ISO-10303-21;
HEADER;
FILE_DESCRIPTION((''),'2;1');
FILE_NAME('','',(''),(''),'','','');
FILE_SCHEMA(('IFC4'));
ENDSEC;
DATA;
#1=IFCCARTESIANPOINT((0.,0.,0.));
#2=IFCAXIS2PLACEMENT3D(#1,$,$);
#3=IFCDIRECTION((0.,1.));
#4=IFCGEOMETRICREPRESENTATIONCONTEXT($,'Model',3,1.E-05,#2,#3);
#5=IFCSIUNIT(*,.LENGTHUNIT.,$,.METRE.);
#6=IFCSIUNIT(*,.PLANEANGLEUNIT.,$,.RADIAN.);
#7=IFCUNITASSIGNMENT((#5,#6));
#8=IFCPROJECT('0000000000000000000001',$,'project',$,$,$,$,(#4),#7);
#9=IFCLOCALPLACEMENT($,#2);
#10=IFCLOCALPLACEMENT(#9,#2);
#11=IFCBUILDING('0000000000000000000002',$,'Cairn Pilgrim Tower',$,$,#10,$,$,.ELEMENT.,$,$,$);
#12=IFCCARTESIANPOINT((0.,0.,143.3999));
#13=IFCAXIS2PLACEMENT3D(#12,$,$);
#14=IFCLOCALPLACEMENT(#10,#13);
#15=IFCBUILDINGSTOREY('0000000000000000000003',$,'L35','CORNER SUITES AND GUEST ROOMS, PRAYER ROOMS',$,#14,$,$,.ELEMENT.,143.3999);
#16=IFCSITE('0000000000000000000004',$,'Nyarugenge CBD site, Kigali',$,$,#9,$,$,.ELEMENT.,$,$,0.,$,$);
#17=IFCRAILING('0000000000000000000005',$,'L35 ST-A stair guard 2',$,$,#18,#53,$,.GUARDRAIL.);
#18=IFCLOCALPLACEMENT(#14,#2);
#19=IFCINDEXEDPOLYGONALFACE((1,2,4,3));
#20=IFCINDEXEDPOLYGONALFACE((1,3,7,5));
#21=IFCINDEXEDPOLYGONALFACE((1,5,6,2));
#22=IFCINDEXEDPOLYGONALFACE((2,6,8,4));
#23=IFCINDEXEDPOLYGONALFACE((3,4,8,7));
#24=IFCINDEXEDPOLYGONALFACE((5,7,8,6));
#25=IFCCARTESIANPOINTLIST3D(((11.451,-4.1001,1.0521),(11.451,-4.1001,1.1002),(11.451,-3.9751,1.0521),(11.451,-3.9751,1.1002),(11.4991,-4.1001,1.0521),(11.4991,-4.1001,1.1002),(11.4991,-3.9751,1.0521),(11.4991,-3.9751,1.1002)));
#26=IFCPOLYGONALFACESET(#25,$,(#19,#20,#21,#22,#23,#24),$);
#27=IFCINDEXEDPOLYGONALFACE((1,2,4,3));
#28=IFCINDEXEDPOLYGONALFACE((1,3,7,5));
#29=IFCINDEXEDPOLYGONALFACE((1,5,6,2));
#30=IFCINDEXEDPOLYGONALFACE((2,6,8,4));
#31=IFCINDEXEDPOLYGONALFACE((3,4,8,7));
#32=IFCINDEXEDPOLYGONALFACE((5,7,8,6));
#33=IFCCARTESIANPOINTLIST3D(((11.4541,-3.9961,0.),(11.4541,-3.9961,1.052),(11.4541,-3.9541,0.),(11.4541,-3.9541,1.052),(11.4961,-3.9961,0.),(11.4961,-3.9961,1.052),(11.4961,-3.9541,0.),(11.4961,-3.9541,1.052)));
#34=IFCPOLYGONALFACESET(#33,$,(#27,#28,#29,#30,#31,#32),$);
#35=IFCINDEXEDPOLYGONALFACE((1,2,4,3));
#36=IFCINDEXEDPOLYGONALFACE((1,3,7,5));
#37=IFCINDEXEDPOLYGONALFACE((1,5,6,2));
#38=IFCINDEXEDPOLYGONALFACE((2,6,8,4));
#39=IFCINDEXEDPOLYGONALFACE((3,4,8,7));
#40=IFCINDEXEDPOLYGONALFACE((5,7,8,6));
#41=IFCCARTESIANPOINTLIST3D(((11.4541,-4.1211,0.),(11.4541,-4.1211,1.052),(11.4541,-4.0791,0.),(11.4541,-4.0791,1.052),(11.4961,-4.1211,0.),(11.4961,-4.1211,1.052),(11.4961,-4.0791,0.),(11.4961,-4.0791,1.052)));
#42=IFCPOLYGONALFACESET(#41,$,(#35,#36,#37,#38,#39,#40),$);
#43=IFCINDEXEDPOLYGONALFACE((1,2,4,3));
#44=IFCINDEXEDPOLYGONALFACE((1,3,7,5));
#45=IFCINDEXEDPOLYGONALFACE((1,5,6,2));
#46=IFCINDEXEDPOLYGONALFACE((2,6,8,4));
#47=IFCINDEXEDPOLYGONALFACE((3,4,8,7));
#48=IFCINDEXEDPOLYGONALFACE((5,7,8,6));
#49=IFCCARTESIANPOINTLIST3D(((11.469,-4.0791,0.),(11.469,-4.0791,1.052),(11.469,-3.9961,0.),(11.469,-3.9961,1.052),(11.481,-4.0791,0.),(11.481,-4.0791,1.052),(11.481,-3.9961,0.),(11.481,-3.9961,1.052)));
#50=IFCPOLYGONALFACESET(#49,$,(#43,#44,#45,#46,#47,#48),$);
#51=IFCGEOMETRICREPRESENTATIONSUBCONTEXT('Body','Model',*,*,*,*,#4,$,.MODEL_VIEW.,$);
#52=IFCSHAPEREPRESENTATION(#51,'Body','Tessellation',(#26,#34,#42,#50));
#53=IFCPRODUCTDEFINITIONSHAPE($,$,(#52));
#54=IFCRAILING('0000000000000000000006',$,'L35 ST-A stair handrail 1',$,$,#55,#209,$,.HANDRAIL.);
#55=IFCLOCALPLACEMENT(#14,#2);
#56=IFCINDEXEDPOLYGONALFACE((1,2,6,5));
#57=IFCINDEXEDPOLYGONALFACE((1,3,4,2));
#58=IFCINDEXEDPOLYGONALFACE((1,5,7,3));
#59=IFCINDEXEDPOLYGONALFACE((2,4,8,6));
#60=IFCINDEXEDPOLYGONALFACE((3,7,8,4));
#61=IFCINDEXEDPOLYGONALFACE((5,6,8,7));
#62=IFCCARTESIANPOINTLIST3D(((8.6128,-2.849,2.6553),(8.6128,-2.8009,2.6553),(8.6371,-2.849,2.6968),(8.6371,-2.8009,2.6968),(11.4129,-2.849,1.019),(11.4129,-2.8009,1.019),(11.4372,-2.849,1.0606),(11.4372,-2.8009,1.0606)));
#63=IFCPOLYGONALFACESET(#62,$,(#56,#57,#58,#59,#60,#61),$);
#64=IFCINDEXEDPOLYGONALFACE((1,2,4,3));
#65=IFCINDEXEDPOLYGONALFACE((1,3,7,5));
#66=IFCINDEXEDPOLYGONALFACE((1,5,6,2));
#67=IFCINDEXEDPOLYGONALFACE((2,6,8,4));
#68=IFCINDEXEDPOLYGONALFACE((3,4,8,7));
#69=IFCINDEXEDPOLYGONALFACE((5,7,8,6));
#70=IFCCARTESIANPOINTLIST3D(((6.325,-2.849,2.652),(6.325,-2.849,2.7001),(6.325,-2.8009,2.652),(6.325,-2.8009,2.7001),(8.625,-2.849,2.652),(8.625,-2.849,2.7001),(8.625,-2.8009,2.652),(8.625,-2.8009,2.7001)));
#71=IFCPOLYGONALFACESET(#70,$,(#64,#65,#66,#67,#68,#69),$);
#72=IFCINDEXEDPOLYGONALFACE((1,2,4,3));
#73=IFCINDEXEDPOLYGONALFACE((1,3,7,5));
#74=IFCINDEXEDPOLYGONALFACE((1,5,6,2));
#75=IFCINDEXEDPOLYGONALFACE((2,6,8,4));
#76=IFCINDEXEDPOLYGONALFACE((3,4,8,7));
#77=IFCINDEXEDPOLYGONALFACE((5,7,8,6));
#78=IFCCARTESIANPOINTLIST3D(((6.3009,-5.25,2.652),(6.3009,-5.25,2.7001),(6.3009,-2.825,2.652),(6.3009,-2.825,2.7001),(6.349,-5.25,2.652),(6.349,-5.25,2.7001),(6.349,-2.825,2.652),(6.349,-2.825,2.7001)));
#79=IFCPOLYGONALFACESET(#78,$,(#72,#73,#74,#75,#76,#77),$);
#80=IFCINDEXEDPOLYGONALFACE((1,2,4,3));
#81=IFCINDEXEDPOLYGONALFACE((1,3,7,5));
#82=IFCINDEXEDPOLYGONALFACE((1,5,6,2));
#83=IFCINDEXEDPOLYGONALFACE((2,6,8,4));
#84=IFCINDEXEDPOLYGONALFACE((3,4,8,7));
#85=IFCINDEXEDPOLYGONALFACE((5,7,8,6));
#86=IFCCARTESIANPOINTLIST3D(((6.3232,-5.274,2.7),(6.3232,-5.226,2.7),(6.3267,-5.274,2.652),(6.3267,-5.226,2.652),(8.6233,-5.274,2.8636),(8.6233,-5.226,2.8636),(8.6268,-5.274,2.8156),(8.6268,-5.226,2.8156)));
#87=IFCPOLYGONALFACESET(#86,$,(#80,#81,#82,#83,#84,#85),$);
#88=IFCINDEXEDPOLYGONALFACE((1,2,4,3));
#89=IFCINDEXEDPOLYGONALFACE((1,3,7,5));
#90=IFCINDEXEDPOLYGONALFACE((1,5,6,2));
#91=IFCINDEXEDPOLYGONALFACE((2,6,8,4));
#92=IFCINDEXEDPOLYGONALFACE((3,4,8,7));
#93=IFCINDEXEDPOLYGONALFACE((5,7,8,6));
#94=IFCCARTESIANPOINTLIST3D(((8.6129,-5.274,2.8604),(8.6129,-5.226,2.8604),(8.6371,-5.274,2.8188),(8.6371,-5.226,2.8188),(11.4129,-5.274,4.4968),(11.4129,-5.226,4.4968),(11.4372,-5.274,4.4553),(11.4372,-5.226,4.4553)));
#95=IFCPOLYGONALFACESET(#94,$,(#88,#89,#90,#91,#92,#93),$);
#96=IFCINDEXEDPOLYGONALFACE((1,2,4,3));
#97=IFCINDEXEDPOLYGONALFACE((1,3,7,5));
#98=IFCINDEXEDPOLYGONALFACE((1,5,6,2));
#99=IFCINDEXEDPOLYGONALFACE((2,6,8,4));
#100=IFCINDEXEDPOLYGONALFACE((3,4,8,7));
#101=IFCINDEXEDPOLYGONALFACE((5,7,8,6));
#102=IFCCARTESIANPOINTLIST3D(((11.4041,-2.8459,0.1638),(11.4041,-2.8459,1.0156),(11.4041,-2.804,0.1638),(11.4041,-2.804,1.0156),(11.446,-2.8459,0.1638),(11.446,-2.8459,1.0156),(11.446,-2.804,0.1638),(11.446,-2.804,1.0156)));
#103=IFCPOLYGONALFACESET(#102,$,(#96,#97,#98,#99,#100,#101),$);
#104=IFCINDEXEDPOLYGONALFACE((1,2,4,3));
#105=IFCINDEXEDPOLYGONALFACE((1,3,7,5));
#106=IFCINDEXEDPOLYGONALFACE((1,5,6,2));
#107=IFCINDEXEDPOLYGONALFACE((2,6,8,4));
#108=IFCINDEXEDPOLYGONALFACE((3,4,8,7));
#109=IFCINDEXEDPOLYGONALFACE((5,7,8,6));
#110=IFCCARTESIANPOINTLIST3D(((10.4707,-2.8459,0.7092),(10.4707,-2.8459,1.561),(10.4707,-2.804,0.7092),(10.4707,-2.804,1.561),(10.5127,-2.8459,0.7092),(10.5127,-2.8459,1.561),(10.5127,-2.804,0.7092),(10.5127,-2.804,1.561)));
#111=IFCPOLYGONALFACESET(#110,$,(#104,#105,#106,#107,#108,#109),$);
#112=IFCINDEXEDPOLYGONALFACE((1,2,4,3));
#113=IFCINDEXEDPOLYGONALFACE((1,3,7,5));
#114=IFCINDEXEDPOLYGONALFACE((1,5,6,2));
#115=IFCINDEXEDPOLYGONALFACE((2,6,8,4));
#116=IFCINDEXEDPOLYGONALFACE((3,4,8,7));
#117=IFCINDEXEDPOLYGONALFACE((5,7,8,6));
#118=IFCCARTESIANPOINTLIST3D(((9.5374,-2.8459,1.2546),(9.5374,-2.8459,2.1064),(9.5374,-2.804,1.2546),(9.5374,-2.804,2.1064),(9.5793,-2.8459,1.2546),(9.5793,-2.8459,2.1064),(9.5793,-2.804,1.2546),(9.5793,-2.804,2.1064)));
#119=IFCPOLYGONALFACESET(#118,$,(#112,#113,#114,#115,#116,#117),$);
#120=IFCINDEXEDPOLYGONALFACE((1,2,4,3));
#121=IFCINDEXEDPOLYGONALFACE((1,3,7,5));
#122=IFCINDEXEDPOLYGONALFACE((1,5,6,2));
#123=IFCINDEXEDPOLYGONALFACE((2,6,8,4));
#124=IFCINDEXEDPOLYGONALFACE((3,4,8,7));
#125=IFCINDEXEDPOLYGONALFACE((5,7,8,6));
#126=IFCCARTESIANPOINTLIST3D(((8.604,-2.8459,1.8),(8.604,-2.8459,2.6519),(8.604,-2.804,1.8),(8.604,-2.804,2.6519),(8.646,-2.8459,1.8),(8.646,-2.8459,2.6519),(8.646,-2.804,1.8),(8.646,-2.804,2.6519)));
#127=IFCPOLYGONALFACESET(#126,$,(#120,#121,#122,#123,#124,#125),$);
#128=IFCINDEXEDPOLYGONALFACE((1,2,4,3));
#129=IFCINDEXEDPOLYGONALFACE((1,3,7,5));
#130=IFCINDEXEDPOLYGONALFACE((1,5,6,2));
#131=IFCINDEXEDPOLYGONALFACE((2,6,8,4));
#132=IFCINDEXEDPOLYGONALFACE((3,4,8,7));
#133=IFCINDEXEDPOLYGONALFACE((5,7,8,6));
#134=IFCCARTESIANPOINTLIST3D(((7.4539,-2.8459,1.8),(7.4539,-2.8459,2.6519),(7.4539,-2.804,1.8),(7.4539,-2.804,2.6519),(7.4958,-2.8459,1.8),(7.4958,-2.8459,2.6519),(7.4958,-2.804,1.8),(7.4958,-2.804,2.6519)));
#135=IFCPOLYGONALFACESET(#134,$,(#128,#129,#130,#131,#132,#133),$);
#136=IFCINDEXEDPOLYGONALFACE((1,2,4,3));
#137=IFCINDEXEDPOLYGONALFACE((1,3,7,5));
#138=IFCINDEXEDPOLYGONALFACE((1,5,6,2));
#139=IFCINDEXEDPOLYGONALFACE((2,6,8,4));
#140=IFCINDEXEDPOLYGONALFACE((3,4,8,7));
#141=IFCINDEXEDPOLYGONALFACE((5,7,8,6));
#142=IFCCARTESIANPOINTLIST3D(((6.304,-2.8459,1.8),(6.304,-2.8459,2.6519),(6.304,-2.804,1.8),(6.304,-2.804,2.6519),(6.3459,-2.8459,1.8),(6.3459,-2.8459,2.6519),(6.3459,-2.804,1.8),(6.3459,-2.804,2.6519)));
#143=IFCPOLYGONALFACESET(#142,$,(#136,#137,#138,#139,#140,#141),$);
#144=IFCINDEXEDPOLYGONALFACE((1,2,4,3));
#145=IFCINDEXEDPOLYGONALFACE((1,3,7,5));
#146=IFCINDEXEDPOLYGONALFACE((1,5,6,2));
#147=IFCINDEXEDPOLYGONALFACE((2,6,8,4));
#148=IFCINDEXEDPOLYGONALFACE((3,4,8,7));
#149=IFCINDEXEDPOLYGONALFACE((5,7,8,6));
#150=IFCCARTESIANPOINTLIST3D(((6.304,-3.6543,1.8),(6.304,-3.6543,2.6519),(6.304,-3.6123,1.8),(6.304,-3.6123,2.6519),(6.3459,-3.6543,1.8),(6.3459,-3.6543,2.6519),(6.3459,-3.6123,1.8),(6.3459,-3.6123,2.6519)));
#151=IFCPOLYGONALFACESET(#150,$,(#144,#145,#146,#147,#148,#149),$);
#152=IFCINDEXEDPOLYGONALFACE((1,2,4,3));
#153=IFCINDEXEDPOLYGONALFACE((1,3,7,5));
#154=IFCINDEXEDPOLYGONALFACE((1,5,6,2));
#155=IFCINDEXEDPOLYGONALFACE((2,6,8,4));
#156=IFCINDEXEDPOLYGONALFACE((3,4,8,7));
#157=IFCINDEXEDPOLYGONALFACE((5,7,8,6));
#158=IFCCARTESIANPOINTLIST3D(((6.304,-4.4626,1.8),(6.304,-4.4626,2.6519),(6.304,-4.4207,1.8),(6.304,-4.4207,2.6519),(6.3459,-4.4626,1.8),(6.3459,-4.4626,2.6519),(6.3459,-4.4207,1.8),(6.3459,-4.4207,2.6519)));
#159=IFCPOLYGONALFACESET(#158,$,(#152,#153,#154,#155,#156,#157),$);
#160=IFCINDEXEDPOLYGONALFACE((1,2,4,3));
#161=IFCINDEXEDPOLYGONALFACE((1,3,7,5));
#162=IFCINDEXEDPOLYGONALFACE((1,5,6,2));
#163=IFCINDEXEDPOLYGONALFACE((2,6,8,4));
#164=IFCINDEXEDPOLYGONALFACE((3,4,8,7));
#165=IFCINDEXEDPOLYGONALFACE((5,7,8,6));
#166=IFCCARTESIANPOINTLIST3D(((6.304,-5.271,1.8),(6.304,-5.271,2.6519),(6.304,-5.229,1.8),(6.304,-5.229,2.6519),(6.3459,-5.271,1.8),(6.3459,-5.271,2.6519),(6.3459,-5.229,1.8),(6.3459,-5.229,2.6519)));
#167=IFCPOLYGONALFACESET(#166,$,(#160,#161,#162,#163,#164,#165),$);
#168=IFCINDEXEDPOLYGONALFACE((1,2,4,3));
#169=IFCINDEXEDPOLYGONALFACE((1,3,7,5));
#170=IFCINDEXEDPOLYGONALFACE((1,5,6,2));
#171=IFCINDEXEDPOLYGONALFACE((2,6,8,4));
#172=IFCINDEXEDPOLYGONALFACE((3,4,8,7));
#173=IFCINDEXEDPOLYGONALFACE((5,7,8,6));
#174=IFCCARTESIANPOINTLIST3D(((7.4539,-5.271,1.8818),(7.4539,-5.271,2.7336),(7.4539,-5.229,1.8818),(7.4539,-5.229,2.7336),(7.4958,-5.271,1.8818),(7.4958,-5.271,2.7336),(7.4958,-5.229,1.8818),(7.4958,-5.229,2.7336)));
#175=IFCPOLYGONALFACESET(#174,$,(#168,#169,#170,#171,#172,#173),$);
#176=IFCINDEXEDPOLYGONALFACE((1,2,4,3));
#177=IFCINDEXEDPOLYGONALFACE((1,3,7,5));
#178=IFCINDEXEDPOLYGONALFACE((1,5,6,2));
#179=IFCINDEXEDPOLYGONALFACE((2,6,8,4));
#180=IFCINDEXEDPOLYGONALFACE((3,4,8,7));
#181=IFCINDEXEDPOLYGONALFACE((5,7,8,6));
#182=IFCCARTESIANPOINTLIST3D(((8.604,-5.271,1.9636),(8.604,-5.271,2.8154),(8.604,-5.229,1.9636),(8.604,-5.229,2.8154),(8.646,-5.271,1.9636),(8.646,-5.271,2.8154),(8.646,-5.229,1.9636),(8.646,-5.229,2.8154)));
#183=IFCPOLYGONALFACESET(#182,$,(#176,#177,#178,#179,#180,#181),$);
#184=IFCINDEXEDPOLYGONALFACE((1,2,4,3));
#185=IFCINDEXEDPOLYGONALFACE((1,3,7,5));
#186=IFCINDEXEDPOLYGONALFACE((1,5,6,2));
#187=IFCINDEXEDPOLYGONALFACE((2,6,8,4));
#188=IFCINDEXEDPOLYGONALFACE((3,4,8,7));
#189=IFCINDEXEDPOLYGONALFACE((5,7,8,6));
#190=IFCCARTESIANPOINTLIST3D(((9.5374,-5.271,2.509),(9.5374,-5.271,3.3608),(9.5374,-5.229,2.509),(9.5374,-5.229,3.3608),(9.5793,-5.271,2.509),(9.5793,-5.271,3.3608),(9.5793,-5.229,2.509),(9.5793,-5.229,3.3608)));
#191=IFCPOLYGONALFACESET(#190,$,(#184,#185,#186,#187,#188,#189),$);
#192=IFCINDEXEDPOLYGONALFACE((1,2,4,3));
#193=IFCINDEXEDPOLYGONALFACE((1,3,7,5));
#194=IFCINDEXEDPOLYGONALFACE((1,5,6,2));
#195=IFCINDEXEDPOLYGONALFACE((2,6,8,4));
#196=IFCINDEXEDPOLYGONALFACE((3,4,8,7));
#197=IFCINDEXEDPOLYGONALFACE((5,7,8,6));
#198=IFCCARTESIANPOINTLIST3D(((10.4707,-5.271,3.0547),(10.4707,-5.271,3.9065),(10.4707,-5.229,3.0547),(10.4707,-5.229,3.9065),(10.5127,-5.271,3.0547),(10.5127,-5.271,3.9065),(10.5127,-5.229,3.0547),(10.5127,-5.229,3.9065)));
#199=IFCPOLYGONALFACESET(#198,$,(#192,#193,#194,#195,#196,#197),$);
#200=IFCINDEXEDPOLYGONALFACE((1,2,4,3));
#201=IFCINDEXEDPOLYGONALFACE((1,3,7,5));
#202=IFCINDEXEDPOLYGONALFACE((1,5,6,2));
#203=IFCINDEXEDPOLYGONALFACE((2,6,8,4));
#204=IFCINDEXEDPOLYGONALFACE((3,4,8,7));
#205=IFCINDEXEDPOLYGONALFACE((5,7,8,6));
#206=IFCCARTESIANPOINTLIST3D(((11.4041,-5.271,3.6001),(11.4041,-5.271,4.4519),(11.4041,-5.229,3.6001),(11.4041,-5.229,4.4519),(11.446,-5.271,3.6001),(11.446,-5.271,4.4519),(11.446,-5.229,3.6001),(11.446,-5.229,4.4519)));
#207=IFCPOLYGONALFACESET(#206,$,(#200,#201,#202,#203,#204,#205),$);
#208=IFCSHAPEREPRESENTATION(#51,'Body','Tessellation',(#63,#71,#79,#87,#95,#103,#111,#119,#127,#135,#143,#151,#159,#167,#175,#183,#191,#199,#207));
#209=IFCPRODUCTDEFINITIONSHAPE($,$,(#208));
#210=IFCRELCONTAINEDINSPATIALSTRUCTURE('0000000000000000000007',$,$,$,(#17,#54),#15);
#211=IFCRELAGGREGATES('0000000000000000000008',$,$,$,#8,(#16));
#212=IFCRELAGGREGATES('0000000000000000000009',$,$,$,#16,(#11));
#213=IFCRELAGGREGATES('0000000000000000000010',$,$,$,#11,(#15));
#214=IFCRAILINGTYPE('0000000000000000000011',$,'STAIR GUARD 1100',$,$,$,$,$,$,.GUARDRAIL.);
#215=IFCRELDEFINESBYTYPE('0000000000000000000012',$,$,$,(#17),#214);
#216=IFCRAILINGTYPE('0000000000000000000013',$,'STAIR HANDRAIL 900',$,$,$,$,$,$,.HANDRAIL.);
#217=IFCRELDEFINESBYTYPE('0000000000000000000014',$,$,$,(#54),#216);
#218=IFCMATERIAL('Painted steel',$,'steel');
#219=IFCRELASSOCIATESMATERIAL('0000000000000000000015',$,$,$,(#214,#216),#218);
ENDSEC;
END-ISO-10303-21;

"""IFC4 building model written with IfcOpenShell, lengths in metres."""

from ifc_helpers import new_model, si_unit, direction, frame, origin, origin_2d, place, context, subcontext, project, spatial, polyline, rectangle, outline, extrude, material, type_object, element, save


model = new_model("IFC4")

# Units and contexts
model_context = context("Model", 3, precision=1e-05, world=origin(), true_north=direction((0.0, 1.0)))
body_context = subcontext(model_context, "Body", "Model", "MODEL_VIEW")
ifc_project = project(units=[si_unit("LENGTHUNIT", "METRE"), si_unit("PLANEANGLEUNIT", "RADIAN")], contexts=[model_context])

# Site, building, storey
site_placement = place(None, origin())
site = spatial("IfcSite", under=ifc_project, at=site_placement, Name="Nyarugenge CBD site, Kigali", CompositionType="ELEMENT", RefElevation=0.0)
building_placement = place(site_placement, origin())
building = spatial("IfcBuilding", under=site, at=building_placement, Name="Cairn Pilgrim Tower", CompositionType="ELEMENT")
storey_placement = place(building_placement, frame((0.0, 0.0, 143.3999)))
storey = spatial("IfcBuildingStorey", under=building, at=storey_placement, Name="L35", Description="CORNER SUITES AND GUEST ROOMS, PRAYER ROOMS", CompositionType="ELEMENT", Elevation=143.3999)

# Railings
ifc_material_1 = material(Name="Painted steel", Category="steel")
railing_type_1 = type_object("IfcRailingType", Name="STAIR GUARD 1100", PredefinedType="GUARDRAIL", material=ifc_material_1)
railing_1_placement = place(storey_placement, frame((11.4751, -3.9751, 0.0)))
element("IfcRailing", 1, at=railing_1_placement, inside=storey, type_object=railing_type_1, Name="L35 ST-A stair guard 2", PredefinedType="GUARDRAIL", context=body_context, shape_type="SweptSolid", body=[
    extrude(rectangle(XDim=0.0481, YDim=0.0481, at=origin_2d()), frame((0.0, 0.0, 1.0762), z_axis=(0.0, -1.0, 0.0), x_axis=(1.0, 0.0, 0.0)), (0.0, 0.0, 1.0), 0.125),
    extrude(rectangle(XDim=0.042, YDim=0.042, at=origin_2d()), origin(), (0.0, 0.0, 1.0), 1.052),
    extrude(rectangle(XDim=0.042, YDim=0.042, at=origin_2d()), frame((0.0, -0.125, 0.0)), (0.0, 0.0, 1.0), 1.052),
    extrude(outline(polyline([(0.021, 0.0), (0.104, 0.0), (0.104, 1.052), (0.021, 1.052), (0.021, 0.0)])), frame((0.0059, 0.0, 0.0), z_axis=(-1.0, 0.0, 0.0), x_axis=(0.0, -1.0, 0.0)), (0.0, 0.0, 1.0), 0.012),
])
railing_type_2 = type_object("IfcRailingType", Name="STAIR HANDRAIL 900", PredefinedType="HANDRAIL", material=ifc_material_1)
railing_2_placement = place(storey_placement, frame((11.425, -2.825, 0.1638)))
element("IfcRailing", 2, at=railing_2_placement, inside=storey, type_object=railing_type_2, Name="L35 ST-A stair handrail 1", PredefinedType="HANDRAIL", context=body_context, shape_type="SweptSolid", body=[
    extrude(rectangle(XDim=0.0481, YDim=0.0481, at=origin_2d()), frame((0.0, 0.0, 0.876), z_axis=(-0.863394, 0.0, 0.504531), x_axis=(0.0, -1.0, 0.0)), (0.0, 0.0, 1.0), 3.2432),
    extrude(rectangle(XDim=0.0481, YDim=0.0481, at=origin_2d()), frame((-2.8, 0.0, 2.5122), z_axis=(-1.0, 0.0, 0.0), x_axis=(0.0, -1.0, 0.0)), (0.0, 0.0, 1.0), 2.3),
    extrude(rectangle(XDim=0.0481, YDim=0.0481, at=origin_2d()), frame((-5.1001, 0.0, 2.5122), z_axis=(0.0, -1.0, 0.0), x_axis=(1.0, 0.0, 0.0)), (0.0, 0.0, 1.0), 2.425),
    extrude(rectangle(XDim=0.0481, YDim=0.0481, at=origin_2d()), frame((-5.1001, -2.425, 2.5122), z_axis=(0.997481, 0.0, 0.070939), x_axis=(0.0, 1.0, 0.0)), (0.0, 0.0, 1.0), 2.3059),
    extrude(rectangle(XDim=0.0481, YDim=0.0481, at=origin_2d()), frame((-2.8, -2.425, 2.6758), z_axis=(0.863361, 0.0, 0.504587), x_axis=(0.0, 1.0, 0.0)), (0.0, 0.0, 1.0), 3.2432),
    extrude(rectangle(XDim=0.042, YDim=0.042, at=origin_2d()), origin(), (0.0, 0.0, 1.0), 0.8518),
    extrude(rectangle(XDim=0.042, YDim=0.042, at=origin_2d()), frame((-0.9333, 0.0, 0.5454)), (0.0, 0.0, 1.0), 0.8518),
    extrude(rectangle(XDim=0.042, YDim=0.042, at=origin_2d()), frame((-1.8667, 0.0, 1.0908)), (0.0, 0.0, 1.0), 0.8518),
    extrude(rectangle(XDim=0.042, YDim=0.042, at=origin_2d()), frame((-2.8, 0.0, 1.6362)), (0.0, 0.0, 1.0), 0.8518),
    extrude(rectangle(XDim=0.042, YDim=0.042, at=origin_2d()), frame((-3.9502, 0.0, 1.6362)), (0.0, 0.0, 1.0), 0.8518),
    extrude(rectangle(XDim=0.042, YDim=0.042, at=origin_2d()), frame((-5.1001, 0.0, 1.6362)), (0.0, 0.0, 1.0), 0.8518),
    extrude(rectangle(XDim=0.042, YDim=0.042, at=origin_2d()), frame((-5.1001, -0.8083, 1.6362)), (0.0, 0.0, 1.0), 0.8518),
    extrude(rectangle(XDim=0.042, YDim=0.042, at=origin_2d()), frame((-5.1001, -1.6167, 1.6362)), (0.0, 0.0, 1.0), 0.8518),
    extrude(rectangle(XDim=0.042, YDim=0.042, at=origin_2d()), frame((-5.1001, -2.425, 1.6362)), (0.0, 0.0, 1.0), 0.8518),
    extrude(rectangle(XDim=0.042, YDim=0.042, at=origin_2d()), frame((-3.9502, -2.425, 1.718)), (0.0, 0.0, 1.0), 0.8518),
    extrude(rectangle(XDim=0.042, YDim=0.042, at=origin_2d()), frame((-2.8, -2.425, 1.7998)), (0.0, 0.0, 1.0), 0.8518),
    extrude(rectangle(XDim=0.042, YDim=0.042, at=origin_2d()), frame((-1.8667, -2.425, 2.3452)), (0.0, 0.0, 1.0), 0.8518),
    extrude(rectangle(XDim=0.042, YDim=0.042, at=origin_2d()), frame((-0.9333, -2.425, 2.8909)), (0.0, 0.0, 1.0), 0.8518),
    extrude(rectangle(XDim=0.042, YDim=0.042, at=origin_2d()), frame((0.0, -2.425, 3.4363)), (0.0, 0.0, 1.0), 0.8518),
])

save(model, "model.ifc")
